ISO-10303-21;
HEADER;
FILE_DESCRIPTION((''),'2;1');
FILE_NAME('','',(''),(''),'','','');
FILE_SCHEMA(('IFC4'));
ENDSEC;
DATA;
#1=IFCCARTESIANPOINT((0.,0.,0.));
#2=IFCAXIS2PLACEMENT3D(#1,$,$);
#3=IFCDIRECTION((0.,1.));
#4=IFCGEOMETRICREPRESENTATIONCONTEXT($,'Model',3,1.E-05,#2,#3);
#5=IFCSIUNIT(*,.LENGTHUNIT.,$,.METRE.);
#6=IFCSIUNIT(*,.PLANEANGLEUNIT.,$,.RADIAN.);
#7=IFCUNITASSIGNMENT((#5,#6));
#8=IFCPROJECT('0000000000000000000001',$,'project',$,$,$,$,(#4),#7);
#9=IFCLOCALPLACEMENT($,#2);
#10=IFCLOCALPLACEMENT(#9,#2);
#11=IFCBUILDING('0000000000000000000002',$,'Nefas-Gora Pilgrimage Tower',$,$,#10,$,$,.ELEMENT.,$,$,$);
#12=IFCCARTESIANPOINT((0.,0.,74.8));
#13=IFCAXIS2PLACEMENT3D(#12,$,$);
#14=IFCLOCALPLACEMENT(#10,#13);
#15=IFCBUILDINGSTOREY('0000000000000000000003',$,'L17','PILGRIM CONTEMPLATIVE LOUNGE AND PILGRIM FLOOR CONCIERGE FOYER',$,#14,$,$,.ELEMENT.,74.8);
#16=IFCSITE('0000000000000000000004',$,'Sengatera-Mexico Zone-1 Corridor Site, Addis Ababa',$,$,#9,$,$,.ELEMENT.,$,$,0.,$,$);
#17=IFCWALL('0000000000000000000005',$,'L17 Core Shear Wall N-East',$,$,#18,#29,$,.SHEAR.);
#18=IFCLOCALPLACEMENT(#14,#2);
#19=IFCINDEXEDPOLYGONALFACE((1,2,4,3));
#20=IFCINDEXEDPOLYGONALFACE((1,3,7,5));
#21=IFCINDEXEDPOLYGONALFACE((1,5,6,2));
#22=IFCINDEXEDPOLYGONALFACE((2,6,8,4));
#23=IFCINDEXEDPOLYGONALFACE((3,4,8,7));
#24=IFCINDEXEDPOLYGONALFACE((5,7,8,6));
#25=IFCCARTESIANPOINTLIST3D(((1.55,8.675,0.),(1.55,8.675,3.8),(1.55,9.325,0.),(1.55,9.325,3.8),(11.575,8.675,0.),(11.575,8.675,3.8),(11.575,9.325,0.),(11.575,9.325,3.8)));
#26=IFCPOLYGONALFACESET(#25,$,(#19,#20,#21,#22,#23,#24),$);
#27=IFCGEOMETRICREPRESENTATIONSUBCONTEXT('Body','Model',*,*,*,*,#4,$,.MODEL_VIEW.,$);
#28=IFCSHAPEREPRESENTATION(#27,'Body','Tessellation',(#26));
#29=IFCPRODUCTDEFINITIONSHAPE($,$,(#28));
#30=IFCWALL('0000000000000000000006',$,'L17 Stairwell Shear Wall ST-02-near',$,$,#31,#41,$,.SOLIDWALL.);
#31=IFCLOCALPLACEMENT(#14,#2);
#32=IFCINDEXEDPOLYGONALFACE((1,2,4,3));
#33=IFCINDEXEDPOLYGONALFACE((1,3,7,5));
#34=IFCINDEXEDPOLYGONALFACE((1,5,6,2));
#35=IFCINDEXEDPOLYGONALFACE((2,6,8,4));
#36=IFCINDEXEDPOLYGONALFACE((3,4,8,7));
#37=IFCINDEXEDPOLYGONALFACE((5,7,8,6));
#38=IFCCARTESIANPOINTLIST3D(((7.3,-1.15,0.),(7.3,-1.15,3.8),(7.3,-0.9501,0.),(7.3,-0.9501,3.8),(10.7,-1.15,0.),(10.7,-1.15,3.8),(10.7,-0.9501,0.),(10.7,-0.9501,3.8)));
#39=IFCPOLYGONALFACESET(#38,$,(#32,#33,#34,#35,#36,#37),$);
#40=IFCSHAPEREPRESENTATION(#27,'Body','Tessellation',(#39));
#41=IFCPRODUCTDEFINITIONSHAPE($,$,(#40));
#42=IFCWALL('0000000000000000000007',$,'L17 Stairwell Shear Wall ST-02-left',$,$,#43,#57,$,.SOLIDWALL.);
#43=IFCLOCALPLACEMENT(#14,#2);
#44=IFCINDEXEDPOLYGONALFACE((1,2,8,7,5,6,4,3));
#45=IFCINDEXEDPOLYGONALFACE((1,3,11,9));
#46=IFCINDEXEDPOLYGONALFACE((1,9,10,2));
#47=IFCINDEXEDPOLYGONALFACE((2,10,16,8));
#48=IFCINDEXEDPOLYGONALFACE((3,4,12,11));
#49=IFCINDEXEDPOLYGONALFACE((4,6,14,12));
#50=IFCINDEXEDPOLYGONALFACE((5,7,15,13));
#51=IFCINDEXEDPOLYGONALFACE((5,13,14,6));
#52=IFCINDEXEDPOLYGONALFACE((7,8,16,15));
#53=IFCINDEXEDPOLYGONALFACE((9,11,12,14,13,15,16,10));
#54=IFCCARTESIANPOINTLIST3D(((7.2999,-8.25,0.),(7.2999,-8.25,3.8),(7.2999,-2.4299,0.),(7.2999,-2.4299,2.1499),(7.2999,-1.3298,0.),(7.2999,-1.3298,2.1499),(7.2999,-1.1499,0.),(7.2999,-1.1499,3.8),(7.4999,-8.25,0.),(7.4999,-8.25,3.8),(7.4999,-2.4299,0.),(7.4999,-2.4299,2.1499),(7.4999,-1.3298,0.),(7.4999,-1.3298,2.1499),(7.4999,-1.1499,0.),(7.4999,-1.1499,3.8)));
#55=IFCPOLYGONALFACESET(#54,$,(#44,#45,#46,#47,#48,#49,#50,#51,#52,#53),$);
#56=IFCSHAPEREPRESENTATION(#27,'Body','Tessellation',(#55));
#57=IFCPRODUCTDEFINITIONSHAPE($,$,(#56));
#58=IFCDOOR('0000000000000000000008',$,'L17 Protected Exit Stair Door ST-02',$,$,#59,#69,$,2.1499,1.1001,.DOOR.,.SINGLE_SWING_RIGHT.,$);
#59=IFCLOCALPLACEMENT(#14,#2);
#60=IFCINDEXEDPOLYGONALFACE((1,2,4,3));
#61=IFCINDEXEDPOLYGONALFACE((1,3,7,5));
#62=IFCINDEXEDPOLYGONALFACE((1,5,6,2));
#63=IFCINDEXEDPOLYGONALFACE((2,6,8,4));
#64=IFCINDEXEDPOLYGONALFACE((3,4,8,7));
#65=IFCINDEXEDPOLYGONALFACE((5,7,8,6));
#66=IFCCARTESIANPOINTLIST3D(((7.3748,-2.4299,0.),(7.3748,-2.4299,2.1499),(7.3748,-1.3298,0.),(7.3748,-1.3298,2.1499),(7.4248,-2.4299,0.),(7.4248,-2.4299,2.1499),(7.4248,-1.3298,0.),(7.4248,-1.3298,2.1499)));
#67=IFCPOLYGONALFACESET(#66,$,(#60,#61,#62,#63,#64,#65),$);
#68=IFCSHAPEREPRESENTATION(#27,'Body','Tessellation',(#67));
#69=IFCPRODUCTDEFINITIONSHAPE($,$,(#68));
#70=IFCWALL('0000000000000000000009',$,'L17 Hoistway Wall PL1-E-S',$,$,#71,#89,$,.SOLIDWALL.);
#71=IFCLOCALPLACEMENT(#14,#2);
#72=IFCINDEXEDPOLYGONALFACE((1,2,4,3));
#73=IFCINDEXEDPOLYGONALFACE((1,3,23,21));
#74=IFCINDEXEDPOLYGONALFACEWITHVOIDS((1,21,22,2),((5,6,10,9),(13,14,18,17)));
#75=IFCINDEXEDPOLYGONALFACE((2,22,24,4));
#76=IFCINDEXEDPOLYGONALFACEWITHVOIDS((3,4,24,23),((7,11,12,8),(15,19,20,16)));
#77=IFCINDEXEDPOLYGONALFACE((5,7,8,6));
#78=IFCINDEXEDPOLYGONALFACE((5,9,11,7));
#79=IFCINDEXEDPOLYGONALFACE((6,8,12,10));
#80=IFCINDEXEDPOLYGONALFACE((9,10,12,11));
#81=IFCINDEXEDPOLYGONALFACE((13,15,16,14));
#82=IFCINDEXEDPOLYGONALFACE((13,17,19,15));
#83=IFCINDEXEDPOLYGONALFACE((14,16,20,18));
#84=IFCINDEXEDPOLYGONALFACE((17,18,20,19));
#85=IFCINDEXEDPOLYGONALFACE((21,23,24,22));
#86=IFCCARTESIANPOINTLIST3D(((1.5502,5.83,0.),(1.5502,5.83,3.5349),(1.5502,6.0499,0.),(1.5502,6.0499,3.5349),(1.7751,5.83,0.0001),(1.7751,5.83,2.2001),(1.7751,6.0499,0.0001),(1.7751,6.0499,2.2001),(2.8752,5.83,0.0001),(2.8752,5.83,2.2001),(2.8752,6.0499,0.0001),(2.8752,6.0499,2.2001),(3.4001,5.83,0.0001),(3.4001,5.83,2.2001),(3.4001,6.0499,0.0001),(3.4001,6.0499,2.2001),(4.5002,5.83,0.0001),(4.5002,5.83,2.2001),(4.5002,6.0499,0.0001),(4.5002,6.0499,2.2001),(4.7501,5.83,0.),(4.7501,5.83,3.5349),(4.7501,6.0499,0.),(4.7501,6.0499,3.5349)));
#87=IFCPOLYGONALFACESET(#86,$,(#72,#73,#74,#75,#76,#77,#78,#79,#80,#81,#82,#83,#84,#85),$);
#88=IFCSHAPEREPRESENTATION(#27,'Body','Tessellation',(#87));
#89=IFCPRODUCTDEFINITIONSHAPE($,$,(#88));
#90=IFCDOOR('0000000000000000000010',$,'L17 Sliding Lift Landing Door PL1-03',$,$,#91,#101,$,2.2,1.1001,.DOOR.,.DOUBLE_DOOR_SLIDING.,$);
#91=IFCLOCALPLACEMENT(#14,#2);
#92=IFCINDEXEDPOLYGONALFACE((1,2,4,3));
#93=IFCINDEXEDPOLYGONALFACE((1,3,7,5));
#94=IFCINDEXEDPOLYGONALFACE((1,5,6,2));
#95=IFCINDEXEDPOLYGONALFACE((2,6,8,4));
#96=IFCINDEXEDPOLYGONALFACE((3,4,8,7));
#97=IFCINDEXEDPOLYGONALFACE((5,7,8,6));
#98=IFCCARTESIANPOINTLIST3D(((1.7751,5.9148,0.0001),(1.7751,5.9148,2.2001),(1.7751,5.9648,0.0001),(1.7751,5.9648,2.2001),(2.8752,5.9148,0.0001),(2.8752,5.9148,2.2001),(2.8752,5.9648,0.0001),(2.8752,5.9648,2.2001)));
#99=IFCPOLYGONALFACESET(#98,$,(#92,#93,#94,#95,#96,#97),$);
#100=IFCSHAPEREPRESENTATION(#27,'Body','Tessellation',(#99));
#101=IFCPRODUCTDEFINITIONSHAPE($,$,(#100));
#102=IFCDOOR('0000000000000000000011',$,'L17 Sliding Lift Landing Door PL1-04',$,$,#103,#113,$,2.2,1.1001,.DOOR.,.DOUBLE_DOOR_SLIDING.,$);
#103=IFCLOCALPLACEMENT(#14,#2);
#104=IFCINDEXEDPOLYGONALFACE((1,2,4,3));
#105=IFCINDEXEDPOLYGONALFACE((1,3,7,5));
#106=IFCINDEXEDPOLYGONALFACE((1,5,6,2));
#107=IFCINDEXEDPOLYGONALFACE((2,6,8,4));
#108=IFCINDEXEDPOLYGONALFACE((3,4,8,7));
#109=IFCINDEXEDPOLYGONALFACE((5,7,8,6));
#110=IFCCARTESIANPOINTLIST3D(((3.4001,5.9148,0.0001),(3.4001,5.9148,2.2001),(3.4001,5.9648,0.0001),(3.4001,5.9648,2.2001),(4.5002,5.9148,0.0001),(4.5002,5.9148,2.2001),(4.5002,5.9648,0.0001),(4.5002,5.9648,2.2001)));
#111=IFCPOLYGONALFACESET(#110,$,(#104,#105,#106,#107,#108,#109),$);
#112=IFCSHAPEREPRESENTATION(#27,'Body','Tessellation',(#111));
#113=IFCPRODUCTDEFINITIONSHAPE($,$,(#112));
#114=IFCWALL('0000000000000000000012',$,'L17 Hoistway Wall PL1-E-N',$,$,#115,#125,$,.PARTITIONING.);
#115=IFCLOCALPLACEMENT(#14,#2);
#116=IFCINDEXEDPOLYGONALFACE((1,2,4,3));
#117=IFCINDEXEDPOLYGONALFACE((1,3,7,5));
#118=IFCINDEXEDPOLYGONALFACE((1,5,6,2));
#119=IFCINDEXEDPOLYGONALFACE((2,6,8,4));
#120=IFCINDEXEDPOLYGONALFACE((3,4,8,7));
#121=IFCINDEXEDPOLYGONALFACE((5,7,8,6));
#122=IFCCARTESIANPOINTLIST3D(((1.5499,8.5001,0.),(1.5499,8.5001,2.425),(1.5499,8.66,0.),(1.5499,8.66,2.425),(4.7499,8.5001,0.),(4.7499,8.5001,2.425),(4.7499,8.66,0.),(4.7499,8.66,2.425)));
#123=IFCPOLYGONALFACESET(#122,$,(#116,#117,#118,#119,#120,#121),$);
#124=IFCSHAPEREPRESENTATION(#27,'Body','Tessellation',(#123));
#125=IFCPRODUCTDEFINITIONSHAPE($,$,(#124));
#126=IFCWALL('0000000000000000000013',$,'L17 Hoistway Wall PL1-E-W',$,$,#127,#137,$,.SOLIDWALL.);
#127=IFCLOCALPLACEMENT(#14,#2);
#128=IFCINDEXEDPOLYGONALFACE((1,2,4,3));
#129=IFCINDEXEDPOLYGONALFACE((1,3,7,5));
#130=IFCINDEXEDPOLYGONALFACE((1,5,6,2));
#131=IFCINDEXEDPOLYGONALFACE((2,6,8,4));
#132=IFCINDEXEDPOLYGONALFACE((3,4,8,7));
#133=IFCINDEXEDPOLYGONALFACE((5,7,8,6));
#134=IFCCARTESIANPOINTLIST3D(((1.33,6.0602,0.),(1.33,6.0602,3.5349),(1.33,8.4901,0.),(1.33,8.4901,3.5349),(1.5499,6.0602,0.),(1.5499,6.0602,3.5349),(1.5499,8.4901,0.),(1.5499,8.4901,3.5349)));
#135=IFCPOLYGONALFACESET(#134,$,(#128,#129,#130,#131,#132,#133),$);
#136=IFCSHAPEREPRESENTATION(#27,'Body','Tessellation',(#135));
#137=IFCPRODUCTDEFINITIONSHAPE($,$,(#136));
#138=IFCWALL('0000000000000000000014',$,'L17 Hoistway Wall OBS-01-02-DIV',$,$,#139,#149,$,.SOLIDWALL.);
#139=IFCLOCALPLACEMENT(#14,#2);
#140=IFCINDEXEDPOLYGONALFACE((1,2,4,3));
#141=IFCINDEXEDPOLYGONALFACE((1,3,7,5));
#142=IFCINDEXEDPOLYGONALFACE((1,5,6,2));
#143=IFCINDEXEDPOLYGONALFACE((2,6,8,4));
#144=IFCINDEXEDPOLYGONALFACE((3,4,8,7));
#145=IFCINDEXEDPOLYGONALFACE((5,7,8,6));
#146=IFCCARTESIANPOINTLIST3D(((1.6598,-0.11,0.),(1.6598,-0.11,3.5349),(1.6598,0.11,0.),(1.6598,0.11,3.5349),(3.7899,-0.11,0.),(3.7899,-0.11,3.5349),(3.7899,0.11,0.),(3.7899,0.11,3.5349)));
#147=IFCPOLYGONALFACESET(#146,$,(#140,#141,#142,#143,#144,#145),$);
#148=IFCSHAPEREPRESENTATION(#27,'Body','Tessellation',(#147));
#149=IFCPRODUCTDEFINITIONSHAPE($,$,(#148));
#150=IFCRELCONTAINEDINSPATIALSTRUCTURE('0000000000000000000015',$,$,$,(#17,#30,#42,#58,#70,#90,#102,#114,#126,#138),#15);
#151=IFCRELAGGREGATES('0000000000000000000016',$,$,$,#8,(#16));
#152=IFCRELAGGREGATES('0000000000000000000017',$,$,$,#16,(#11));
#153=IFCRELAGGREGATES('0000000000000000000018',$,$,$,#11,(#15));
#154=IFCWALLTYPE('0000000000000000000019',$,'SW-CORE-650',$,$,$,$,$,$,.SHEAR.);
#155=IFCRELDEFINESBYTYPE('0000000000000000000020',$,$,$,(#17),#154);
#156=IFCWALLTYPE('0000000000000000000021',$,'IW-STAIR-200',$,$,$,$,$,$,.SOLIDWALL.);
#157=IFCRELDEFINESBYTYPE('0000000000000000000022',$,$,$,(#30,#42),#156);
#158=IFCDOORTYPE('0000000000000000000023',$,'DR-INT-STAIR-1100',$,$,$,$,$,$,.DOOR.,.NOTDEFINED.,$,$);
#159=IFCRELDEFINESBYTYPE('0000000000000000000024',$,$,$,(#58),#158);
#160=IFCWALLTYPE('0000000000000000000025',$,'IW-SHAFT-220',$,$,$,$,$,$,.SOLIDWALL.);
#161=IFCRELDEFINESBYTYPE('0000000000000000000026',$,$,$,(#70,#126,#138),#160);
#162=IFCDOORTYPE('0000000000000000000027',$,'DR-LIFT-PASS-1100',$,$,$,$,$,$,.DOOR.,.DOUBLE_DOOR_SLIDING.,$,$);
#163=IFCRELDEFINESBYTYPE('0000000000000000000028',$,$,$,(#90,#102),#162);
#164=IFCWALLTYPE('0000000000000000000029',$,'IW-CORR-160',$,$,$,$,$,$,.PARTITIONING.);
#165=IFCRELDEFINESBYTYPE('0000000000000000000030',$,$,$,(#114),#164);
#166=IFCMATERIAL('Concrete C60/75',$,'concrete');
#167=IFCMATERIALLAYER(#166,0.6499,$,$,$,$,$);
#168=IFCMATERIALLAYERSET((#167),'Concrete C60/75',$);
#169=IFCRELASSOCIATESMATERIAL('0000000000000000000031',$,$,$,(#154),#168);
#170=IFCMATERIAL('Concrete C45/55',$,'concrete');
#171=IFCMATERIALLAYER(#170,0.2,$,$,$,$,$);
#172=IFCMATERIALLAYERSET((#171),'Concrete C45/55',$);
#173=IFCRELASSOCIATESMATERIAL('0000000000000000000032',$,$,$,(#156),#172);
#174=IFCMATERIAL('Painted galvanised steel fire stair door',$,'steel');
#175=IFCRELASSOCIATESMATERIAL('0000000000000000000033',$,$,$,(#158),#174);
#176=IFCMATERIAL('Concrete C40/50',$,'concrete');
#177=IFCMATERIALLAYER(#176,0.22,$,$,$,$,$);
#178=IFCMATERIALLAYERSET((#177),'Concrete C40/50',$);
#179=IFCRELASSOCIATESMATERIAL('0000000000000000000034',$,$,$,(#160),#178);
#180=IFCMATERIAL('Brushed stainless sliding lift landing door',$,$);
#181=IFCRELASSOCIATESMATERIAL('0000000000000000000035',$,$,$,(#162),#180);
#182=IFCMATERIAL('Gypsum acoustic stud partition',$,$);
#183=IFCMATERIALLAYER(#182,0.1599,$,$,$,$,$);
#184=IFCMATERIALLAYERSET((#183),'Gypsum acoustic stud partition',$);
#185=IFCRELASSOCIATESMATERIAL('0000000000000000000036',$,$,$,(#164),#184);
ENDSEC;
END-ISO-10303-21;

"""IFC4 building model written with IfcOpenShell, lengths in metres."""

from ifc_helpers import new_model, si_unit, direction, frame, frame_2d, origin, place, context, subcontext, project, spatial, rectangle, extrude, source, transform, mapped, material, layer, layer_set, type_object, element, fill, save


model = new_model("IFC4")

# Units and contexts
model_context = context("Model", 3, precision=1e-05, world=origin(), true_north=direction((0.0, 1.0)))
body_context = subcontext(model_context, "Body", "Model", "MODEL_VIEW")
ifc_project = project(units=[si_unit("LENGTHUNIT", "METRE"), si_unit("PLANEANGLEUNIT", "RADIAN")], contexts=[model_context])

# Site, building, storey
site_placement = place(None, origin())
site = spatial("IfcSite", under=ifc_project, at=site_placement, Name="Sengatera-Mexico Zone-1 Corridor Site, Addis Ababa", CompositionType="ELEMENT", RefElevation=0.0)
building_placement = place(site_placement, origin())
building = spatial("IfcBuilding", under=site, at=building_placement, Name="Nefas-Gora Pilgrimage Tower", CompositionType="ELEMENT")
storey_placement = place(building_placement, frame((0.0, 0.0, 74.8)))
storey = spatial("IfcBuildingStorey", under=building, at=storey_placement, Name="L17", Description="PILGRIM CONTEMPLATIVE LOUNGE AND PILGRIM FLOOR CONCIERGE FOYER", CompositionType="ELEMENT", Elevation=74.8)

# Walls
ifc_material_1 = material(Name="Concrete C60/75", Category="concrete")
ifc_layer_1 = layer(ifc_material_1, 0.6499)
ifc_layer_set_1 = layer_set([ifc_layer_1], Name="Concrete C60/75")
wall_type_1 = type_object("IfcWallType", Name="SW-CORE-650", PredefinedType="SHEAR", material=ifc_layer_set_1)
shared_shape_1 = source(origin(), body_context, "Body", "SweptSolid", [
    extrude(rectangle(XDim=10.0249, YDim=0.6499, at=frame_2d((5.0125, 0.0))), origin(), (0.0, 0.0, 1.0), 3.8),
])
wall_1_placement = place(storey_placement, frame((1.55, 9.0, 0.0), z_axis=(0.0, 0.0, 1.0), x_axis=(1.0, 0.0, 0.0)))
element("IfcWall", 1, at=wall_1_placement, inside=storey, type_object=wall_type_1, Name="L17 Core Shear Wall N-East", PredefinedType="SHEAR", context=body_context, shape_type="MappedRepresentation", body=[
    mapped(shared_shape_1, transform((0.0, 0.0, 0.0), x_axis=(1.0, 0.0, 0.0), y_axis=(0.0, 1.0, 0.0), z_axis=(0.0, 0.0, 1.0), scale=1.0)),
])
ifc_material_2 = material(Name="Concrete C45/55", Category="concrete")
ifc_layer_2 = layer(ifc_material_2, 0.2)
ifc_layer_set_2 = layer_set([ifc_layer_2], Name="Concrete C45/55")
wall_type_2 = type_object("IfcWallType", Name="IW-STAIR-200", PredefinedType="SOLIDWALL", material=ifc_layer_set_2)
shared_shape_2 = source(origin(), body_context, "Body", "SweptSolid", [
    extrude(rectangle(XDim=3.3999, YDim=0.2, at=frame_2d((1.7, 0.0))), origin(), (0.0, 0.0, 1.0), 3.8),
])
wall_2_placement = place(storey_placement, frame((7.3, -1.05, 0.0), z_axis=(0.0, 0.0, 1.0), x_axis=(1.0, 0.0, 0.0)))
element("IfcWall", 2, at=wall_2_placement, inside=storey, type_object=wall_type_2, Name="L17 Stairwell Shear Wall ST-02-near", PredefinedType="SOLIDWALL", context=body_context, shape_type="MappedRepresentation", body=[
    mapped(shared_shape_2, transform((0.0, 0.0, 0.0), x_axis=(1.0, 0.0, 0.0), y_axis=(0.0, 1.0, 0.0), z_axis=(0.0, 0.0, 1.0), scale=1.0)),
])

# Wall, opening, door
shared_shape_3 = source(origin(), body_context, "Body", "SweptSolid", [
    extrude(rectangle(XDim=7.1001, YDim=0.2, at=frame_2d((3.55, 0.0))), origin(), (0.0, 0.0, 1.0), 3.8),
])
wall_3_placement = place(storey_placement, frame((7.3999, -1.1499, 0.0), z_axis=(0.0, 0.0, 1.0), x_axis=(0.0, -1.0, 0.0)))
wall_3 = element("IfcWall", 3, at=wall_3_placement, inside=storey, type_object=wall_type_2, Name="L17 Stairwell Shear Wall ST-02-left", PredefinedType="SOLIDWALL", context=body_context, shape_type="MappedRepresentation", body=[
    mapped(shared_shape_3, transform((0.0, 0.0, 0.0), x_axis=(1.0, 0.0, 0.0), y_axis=(0.0, 1.0, 0.0), z_axis=(0.0, 0.0, 1.0), scale=1.0)),
])
opening_1_placement = place(wall_3_placement, frame((0.1799, 0.0, 0.0)))
opening_1 = element("IfcOpeningElement", 4, at=opening_1_placement, cuts=wall_3, PredefinedType="OPENING", context=body_context, shape_type="SweptSolid", body=[
    extrude(rectangle(XDim=1.1001, YDim=2.1499, at=frame_2d((0.55, 1.075))), frame((0.0, 0.1099, 0.0), z_axis=(0.0, -1.0, 0.0), x_axis=(1.0, 0.0, 0.0)), (0.0, 0.0, 1.0), 0.22),
])
ifc_material_3 = material(Name="Painted galvanised steel fire stair door", Category="steel")
door_type_1 = type_object("IfcDoorType", Name="DR-INT-STAIR-1100", OperationType="NOTDEFINED", PredefinedType="DOOR", material=ifc_material_3)
shared_shape_4 = source(origin(), body_context, "Body", "SweptSolid", [
    extrude(rectangle(XDim=1.1001, YDim=2.1499, at=frame_2d((0.55, 1.075))), frame((0.0, 0.0249, 0.0), z_axis=(0.0, -1.0, 0.0), x_axis=(1.0, 0.0, 0.0)), (0.0, 0.0, 1.0), 0.05),
])
door_1_placement = place(opening_1_placement, origin())
door_1 = element("IfcDoor", 5, at=door_1_placement, inside=storey, type_object=door_type_1, Name="L17 Protected Exit Stair Door ST-02", OperationType="SINGLE_SWING_RIGHT", OverallHeight=2.1499, OverallWidth=1.1001, PredefinedType="DOOR", context=body_context, shape_type="MappedRepresentation", body=[
    mapped(shared_shape_4, transform((0.0, 0.0, 0.0), x_axis=(1.0, 0.0, 0.0), y_axis=(0.0, 1.0, 0.0), z_axis=(0.0, 0.0, 1.0), scale=1.0)),
])
fill(opening_1, door_1)

# Wall, openings, doors
ifc_material_4 = material(Name="Concrete C40/50", Category="concrete")
ifc_layer_3 = layer(ifc_material_4, 0.22)
ifc_layer_set_3 = layer_set([ifc_layer_3], Name="Concrete C40/50")
wall_type_3 = type_object("IfcWallType", Name="IW-SHAFT-220", PredefinedType="SOLIDWALL", material=ifc_layer_set_3)
shared_shape_5 = source(origin(), body_context, "Body", "SweptSolid", [
    extrude(rectangle(XDim=3.2, YDim=0.22, at=frame_2d((1.6001, 0.0))), origin(), (0.0, 0.0, 1.0), 3.5349),
])
wall_4_placement = place(storey_placement, frame((1.55, 5.9399, 0.0), z_axis=(0.0, 0.0, 1.0), x_axis=(1.0, 0.0, 0.0)))
wall_4 = element("IfcWall", 6, at=wall_4_placement, inside=storey, type_object=wall_type_3, Name="L17 Hoistway Wall PL1-E-S", PredefinedType="SOLIDWALL", context=body_context, shape_type="MappedRepresentation", body=[
    mapped(shared_shape_5, transform((0.0, 0.0, 0.0), x_axis=(1.0, 0.0, 0.0), y_axis=(0.0, 1.0, 0.0), z_axis=(0.0, 0.0, 1.0), scale=1.0)),
])
opening_2_placement = place(wall_4_placement, frame((0.2251, 0.0, 0.0)))
opening_2 = element("IfcOpeningElement", 7, at=opening_2_placement, cuts=wall_4, PredefinedType="OPENING", context=body_context, shape_type="SweptSolid", body=[
    extrude(rectangle(XDim=1.1001, YDim=2.2, at=frame_2d((0.55, 1.1001))), frame((0.0, 0.1199, 0.0), z_axis=(0.0, -1.0, 0.0), x_axis=(1.0, 0.0, 0.0)), (0.0, 0.0, 1.0), 0.24),
])
opening_3_placement = place(wall_4_placement, frame((1.8501, 0.0, 0.0)))
opening_3 = element("IfcOpeningElement", 8, at=opening_3_placement, cuts=wall_4, PredefinedType="OPENING", context=body_context, shape_type="SweptSolid", body=[
    extrude(rectangle(XDim=1.1001, YDim=2.2, at=frame_2d((0.55, 1.1001))), frame((0.0, 0.1199, 0.0), z_axis=(0.0, -1.0, 0.0), x_axis=(1.0, 0.0, 0.0)), (0.0, 0.0, 1.0), 0.24),
])
ifc_material_5 = material(Name="Brushed stainless sliding lift landing door")
door_type_2 = type_object("IfcDoorType", Name="DR-LIFT-PASS-1100", OperationType="DOUBLE_DOOR_SLIDING", PredefinedType="DOOR", material=ifc_material_5)
shared_shape_6 = source(origin(), body_context, "Body", "SweptSolid", [
    extrude(rectangle(XDim=1.1001, YDim=2.2, at=frame_2d((0.55, 1.1001))), frame((0.0, 0.0249, 0.0), z_axis=(0.0, -1.0, 0.0), x_axis=(1.0, 0.0, 0.0)), (0.0, 0.0, 1.0), 0.05),
])
door_2_placement = place(opening_2_placement, origin())
door_2 = element("IfcDoor", 9, at=door_2_placement, inside=storey, type_object=door_type_2, Name="L17 Sliding Lift Landing Door PL1-03", OperationType="DOUBLE_DOOR_SLIDING", OverallHeight=2.2, OverallWidth=1.1001, PredefinedType="DOOR", context=body_context, shape_type="MappedRepresentation", body=[
    mapped(shared_shape_6, transform((0.0, 0.0, 0.0), x_axis=(1.0, 0.0, 0.0), y_axis=(0.0, 1.0, 0.0), z_axis=(0.0, 0.0, 1.0), scale=1.0)),
])
fill(opening_2, door_2)
door_3_placement = place(opening_3_placement, origin())
door_3 = element("IfcDoor", 10, at=door_3_placement, inside=storey, type_object=door_type_2, Name="L17 Sliding Lift Landing Door PL1-04", OperationType="DOUBLE_DOOR_SLIDING", OverallHeight=2.2, OverallWidth=1.1001, PredefinedType="DOOR", context=body_context, shape_type="MappedRepresentation", body=[
    mapped(shared_shape_6, transform((0.0, 0.0, 0.0), x_axis=(1.0, 0.0, 0.0), y_axis=(0.0, 1.0, 0.0), z_axis=(0.0, 0.0, 1.0), scale=1.0)),
])
fill(opening_3, door_3)

# Walls
ifc_material_6 = material(Name="Gypsum acoustic stud partition")
ifc_layer_4 = layer(ifc_material_6, 0.1599)
ifc_layer_set_4 = layer_set([ifc_layer_4], Name="Gypsum acoustic stud partition")
wall_type_4 = type_object("IfcWallType", Name="IW-CORR-160", PredefinedType="PARTITIONING", material=ifc_layer_set_4)
shared_shape_7 = source(origin(), body_context, "Body", "SweptSolid", [
    extrude(rectangle(XDim=3.2, YDim=0.1599, at=frame_2d((1.6001, 0.0))), origin(), (0.0, 0.0, 1.0), 2.425),
])
wall_5_placement = place(storey_placement, frame((4.75, 8.5801, 0.0), z_axis=(0.0, 0.0, 1.0), x_axis=(-1.0, 0.0, 0.0)))
element("IfcWall", 11, at=wall_5_placement, inside=storey, type_object=wall_type_4, Name="L17 Hoistway Wall PL1-E-N", PredefinedType="PARTITIONING", context=body_context, shape_type="MappedRepresentation", body=[
    mapped(shared_shape_7, transform((0.0, 0.0, 0.0), x_axis=(1.0, 0.0, 0.0), y_axis=(0.0, 1.0, 0.0), z_axis=(0.0, 0.0, 1.0), scale=1.0)),
])
shared_shape_8 = source(origin(), body_context, "Body", "SweptSolid", [
    extrude(rectangle(XDim=2.4299, YDim=0.22, at=frame_2d((1.2148, 0.0))), origin(), (0.0, 0.0, 1.0), 3.5349),
])
for number, where, z_axis, x_axis, name in (
    (12, (1.4399, 8.49, 0.0), (0.0, 0.0, 1.0), (0.0, -1.0, 0.0), "L17 Hoistway Wall PL1-E-W"),
):
    element("IfcWall", number, at=place(storey_placement, frame(where, z_axis=z_axis, x_axis=x_axis)), inside=storey, type_object=wall_type_3, Name=name, PredefinedType="SOLIDWALL", context=body_context, shape_type="MappedRepresentation", body=[
        mapped(shared_shape_8, transform((0.0, 0.0, 0.0), x_axis=(1.0, 0.0, 0.0), y_axis=(0.0, 1.0, 0.0), z_axis=(0.0, 0.0, 1.0), scale=1.0)),
    ])
shared_shape_9 = source(origin(), body_context, "Body", "SweptSolid", [
    extrude(rectangle(XDim=2.1301, YDim=0.22, at=frame_2d((1.0649, 0.0))), origin(), (0.0, 0.0, 1.0), 3.5349),
])
for number, where, z_axis, x_axis, name in (
    (13, (1.6599, 0.0, 0.0), (0.0, 0.0, 1.0), (1.0, 0.0, 0.0), "L17 Hoistway Wall OBS-01-02-DIV"),
):
    element("IfcWall", number, at=place(storey_placement, frame(where, z_axis=z_axis, x_axis=x_axis)), inside=storey, type_object=wall_type_3, Name=name, PredefinedType="SOLIDWALL", context=body_context, shape_type="MappedRepresentation", body=[
        mapped(shared_shape_9, transform((0.0, 0.0, 0.0), x_axis=(1.0, 0.0, 0.0), y_axis=(0.0, 1.0, 0.0), z_axis=(0.0, 0.0, 1.0), scale=1.0)),
    ])

save(model, "model.ifc")
